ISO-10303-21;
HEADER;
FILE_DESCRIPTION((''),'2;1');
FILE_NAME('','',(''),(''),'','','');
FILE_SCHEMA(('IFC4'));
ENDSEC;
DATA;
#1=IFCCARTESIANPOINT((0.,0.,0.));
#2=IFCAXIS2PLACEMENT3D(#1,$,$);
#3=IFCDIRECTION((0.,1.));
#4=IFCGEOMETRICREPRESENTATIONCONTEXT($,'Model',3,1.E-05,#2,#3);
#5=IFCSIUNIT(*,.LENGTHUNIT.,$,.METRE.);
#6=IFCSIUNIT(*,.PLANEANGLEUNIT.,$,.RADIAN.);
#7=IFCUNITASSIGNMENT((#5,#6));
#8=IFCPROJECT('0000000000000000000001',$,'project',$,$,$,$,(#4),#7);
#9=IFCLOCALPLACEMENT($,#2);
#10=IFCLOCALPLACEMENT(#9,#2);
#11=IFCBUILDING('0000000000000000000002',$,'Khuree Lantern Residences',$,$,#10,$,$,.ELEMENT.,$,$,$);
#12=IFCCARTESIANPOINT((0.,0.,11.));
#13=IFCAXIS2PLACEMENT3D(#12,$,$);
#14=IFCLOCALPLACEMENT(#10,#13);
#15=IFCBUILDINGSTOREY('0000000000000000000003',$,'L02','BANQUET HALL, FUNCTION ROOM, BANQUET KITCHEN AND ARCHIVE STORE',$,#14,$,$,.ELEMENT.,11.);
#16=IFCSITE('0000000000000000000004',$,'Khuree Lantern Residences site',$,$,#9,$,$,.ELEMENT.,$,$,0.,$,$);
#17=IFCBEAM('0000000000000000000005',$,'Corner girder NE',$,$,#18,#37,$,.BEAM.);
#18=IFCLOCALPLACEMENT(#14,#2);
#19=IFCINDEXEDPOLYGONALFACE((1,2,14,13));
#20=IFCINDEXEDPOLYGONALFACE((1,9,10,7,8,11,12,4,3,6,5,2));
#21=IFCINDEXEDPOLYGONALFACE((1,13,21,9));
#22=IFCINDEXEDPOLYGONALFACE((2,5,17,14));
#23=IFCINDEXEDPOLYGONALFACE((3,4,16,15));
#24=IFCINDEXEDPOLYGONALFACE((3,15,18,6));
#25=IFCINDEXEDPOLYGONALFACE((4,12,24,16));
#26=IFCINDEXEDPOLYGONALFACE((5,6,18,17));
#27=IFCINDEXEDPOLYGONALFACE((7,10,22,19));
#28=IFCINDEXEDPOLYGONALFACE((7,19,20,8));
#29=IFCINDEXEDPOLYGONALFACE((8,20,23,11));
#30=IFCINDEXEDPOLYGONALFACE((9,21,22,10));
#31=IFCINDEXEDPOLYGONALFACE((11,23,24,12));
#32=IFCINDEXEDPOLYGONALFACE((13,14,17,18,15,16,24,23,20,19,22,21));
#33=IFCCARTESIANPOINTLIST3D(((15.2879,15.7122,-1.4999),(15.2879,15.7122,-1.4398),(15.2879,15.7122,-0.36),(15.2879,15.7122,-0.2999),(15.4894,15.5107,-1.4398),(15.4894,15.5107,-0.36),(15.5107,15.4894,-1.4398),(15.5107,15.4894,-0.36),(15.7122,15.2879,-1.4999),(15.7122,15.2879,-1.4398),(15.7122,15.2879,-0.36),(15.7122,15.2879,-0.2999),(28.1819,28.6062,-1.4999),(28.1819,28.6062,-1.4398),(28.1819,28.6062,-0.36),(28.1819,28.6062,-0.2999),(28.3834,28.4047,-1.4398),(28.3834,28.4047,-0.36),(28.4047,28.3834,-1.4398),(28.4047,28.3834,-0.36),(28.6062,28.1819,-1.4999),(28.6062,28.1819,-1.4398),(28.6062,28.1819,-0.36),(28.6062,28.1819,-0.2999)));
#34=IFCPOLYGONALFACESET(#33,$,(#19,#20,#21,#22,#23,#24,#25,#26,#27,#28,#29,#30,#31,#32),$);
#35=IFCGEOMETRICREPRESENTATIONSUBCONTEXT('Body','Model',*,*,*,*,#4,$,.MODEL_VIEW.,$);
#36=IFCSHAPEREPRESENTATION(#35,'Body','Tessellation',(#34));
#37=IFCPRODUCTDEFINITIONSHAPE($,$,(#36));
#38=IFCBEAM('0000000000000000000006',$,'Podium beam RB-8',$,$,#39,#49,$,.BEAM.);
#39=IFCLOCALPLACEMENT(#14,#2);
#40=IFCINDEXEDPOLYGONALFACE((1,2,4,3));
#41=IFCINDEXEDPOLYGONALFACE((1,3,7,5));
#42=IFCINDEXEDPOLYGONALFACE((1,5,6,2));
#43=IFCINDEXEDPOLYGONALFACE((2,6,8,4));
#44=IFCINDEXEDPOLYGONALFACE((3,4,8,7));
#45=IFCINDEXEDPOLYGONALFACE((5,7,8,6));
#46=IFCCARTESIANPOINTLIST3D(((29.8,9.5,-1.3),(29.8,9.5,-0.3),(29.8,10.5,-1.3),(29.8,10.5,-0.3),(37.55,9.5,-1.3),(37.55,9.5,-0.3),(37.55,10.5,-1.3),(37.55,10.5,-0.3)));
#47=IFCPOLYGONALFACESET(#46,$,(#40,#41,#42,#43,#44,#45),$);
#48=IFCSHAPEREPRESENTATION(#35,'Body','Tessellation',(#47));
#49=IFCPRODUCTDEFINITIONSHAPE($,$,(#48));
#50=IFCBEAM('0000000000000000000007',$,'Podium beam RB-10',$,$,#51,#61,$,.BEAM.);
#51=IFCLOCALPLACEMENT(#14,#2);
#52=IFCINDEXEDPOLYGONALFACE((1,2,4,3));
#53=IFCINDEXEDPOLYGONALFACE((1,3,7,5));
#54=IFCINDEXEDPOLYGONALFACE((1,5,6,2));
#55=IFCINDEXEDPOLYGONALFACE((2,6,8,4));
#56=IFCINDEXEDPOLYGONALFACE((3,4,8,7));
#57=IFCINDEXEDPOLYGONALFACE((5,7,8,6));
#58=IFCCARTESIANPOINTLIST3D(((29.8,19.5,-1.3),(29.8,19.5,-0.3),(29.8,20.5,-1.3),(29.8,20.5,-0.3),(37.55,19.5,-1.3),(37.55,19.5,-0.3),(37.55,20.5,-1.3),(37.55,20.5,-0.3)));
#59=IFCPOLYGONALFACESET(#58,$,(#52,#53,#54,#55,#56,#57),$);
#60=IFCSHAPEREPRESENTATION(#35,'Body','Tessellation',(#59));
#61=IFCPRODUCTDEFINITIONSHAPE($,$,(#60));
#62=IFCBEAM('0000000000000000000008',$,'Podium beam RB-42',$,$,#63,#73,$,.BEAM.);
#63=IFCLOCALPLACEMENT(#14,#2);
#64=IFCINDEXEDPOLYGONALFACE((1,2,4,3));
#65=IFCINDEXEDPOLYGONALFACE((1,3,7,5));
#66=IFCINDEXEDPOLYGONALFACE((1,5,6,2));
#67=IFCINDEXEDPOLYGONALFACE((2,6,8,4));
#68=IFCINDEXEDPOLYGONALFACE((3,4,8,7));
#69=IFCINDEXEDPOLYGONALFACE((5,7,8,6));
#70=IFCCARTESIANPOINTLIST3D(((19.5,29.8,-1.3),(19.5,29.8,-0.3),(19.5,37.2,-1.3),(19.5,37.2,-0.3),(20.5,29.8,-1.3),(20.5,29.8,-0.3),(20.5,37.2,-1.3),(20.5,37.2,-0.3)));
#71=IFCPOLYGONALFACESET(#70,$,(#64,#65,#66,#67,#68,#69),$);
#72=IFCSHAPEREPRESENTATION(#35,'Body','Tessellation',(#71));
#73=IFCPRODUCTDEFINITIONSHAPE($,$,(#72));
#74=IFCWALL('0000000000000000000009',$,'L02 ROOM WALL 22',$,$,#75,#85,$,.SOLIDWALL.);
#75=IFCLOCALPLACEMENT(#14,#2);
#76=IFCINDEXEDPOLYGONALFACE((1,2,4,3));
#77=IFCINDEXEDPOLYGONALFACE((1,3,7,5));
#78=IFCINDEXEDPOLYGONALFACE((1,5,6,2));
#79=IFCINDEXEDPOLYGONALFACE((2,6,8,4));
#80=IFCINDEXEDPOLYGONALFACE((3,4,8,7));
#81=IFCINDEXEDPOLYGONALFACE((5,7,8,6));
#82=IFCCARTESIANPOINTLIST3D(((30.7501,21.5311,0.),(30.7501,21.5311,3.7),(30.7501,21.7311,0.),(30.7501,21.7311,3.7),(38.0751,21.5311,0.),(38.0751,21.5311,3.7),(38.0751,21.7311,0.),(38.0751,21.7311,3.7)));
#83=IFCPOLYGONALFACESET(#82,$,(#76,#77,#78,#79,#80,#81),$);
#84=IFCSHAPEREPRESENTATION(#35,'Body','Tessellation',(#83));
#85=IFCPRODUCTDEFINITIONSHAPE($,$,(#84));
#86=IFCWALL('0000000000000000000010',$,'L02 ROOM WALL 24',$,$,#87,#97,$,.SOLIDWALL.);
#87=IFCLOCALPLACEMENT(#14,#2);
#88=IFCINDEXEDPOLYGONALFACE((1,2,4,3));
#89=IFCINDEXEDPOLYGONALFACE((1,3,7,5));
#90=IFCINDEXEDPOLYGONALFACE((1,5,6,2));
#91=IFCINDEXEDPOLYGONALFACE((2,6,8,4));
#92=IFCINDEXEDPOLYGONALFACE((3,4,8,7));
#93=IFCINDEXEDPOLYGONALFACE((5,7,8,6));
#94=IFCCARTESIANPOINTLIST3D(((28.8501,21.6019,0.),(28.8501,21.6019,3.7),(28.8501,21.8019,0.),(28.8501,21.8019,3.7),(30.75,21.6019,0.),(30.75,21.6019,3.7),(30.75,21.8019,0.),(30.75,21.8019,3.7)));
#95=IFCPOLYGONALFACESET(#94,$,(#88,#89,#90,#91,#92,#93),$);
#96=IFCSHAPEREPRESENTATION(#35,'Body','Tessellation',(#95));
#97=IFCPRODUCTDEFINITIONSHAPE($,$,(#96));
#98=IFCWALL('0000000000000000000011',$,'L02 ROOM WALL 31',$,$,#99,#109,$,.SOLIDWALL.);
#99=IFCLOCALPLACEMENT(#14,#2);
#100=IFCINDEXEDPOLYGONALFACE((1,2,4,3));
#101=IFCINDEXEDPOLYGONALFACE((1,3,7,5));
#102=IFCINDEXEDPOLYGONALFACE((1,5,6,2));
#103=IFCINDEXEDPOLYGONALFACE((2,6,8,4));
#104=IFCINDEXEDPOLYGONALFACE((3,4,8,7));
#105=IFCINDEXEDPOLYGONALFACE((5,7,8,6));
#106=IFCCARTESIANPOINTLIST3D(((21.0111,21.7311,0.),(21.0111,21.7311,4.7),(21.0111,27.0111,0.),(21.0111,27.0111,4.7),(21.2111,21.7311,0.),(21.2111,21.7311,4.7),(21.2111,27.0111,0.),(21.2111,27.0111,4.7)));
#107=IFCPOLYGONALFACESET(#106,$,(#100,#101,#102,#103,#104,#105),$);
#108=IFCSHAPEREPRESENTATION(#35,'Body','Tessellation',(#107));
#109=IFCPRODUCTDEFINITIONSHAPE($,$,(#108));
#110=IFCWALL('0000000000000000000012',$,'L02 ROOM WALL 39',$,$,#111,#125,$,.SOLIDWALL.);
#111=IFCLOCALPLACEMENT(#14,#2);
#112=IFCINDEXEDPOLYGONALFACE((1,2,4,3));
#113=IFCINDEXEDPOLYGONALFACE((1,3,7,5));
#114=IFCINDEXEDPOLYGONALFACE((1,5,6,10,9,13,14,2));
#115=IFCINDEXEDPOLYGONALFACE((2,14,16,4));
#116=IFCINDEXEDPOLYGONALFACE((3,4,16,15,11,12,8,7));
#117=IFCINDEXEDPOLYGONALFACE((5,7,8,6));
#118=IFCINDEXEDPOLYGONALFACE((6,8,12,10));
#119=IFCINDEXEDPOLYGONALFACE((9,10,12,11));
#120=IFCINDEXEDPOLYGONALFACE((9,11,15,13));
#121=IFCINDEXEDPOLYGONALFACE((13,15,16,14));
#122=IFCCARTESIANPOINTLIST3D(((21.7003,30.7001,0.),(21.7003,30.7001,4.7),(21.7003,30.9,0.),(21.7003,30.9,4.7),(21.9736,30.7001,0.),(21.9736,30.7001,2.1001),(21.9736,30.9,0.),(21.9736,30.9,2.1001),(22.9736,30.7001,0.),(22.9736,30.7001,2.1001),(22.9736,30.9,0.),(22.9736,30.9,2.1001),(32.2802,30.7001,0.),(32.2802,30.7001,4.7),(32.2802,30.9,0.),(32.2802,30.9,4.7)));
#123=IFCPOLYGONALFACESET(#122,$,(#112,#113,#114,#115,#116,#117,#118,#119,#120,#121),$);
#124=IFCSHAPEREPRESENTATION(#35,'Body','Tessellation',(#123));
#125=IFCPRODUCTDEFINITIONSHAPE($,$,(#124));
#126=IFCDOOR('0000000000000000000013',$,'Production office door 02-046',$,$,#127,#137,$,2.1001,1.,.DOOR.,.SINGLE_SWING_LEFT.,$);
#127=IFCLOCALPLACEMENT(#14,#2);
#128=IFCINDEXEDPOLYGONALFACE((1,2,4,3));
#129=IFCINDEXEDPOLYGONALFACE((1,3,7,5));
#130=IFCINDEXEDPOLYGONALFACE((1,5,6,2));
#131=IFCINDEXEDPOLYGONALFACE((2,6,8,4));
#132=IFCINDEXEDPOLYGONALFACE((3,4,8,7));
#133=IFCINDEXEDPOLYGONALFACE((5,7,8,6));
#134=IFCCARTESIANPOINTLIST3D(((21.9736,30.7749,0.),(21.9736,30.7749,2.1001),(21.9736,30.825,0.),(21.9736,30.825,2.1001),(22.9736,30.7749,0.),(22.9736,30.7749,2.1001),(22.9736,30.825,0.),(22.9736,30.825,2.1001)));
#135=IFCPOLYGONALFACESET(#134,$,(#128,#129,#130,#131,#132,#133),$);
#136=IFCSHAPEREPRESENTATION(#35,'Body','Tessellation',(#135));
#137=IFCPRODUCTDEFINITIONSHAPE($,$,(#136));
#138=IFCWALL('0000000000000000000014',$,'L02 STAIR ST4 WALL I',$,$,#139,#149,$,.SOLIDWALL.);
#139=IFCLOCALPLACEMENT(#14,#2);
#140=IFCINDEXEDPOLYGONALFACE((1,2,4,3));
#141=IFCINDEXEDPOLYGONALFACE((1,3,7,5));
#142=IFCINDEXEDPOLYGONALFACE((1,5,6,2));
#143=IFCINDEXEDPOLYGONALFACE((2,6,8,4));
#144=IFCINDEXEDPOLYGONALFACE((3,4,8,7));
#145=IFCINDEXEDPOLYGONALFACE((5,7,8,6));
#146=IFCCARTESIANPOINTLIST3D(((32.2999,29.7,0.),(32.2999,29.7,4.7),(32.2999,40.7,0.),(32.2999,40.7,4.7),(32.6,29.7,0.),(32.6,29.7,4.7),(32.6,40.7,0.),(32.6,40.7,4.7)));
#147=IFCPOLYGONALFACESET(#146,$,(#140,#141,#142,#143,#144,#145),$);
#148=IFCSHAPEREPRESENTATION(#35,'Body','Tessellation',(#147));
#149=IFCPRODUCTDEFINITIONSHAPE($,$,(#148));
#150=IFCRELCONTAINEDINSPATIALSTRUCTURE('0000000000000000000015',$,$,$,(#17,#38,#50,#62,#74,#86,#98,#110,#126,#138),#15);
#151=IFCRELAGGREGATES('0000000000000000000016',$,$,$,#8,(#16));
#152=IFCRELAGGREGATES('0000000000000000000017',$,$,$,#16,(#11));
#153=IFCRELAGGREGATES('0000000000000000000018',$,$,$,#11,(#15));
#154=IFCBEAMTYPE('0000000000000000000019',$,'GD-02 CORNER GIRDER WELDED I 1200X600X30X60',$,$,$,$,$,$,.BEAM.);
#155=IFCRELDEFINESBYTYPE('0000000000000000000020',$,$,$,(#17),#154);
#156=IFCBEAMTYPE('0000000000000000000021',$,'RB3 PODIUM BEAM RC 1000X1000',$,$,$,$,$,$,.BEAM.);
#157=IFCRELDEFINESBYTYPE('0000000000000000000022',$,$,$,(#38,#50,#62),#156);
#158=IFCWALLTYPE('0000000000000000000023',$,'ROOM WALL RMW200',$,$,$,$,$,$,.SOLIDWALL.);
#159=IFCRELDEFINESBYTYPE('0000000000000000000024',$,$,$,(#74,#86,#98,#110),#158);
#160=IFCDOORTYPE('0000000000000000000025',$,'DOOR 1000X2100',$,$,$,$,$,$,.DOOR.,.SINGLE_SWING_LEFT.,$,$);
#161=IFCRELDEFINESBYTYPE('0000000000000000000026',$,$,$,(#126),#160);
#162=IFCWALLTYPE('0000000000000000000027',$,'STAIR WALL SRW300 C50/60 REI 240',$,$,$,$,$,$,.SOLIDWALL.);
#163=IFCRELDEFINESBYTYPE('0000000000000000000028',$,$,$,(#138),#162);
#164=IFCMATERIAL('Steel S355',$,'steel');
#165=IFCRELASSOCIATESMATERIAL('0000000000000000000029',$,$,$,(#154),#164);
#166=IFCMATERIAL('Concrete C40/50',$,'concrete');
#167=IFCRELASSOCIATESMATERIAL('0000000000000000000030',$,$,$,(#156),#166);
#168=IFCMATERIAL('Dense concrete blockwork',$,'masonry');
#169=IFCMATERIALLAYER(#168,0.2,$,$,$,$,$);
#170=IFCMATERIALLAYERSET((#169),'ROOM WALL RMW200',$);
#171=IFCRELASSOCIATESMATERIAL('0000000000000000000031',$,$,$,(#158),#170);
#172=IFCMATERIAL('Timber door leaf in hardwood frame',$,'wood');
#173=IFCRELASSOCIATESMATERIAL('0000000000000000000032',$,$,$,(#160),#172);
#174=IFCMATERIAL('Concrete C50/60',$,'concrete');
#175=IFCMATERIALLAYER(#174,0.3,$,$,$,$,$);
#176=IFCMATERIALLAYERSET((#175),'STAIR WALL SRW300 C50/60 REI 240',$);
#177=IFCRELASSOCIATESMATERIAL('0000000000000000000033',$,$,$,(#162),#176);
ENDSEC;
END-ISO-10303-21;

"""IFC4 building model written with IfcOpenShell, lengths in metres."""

from ifc_helpers import new_model, si_unit, direction, frame, frame_2d, origin, origin_2d, place, context, subcontext, project, spatial, rectangle, i_section, extrude, material, layer, layer_set, material_profile, profile_set, type_object, element, fill, save


model = new_model("IFC4")

# Units and contexts
model_context = context("Model", 3, precision=1e-05, world=origin(), true_north=direction((0.0, 1.0)))
body_context = subcontext(model_context, "Body", "Model", "MODEL_VIEW")
ifc_project = project(units=[si_unit("LENGTHUNIT", "METRE"), si_unit("PLANEANGLEUNIT", "RADIAN")], contexts=[model_context])

# Site, building, storey
site_placement = place(None, origin())
site = spatial("IfcSite", under=ifc_project, at=site_placement, Name="Khuree Lantern Residences site", CompositionType="ELEMENT", RefElevation=0.0)
building_placement = place(site_placement, origin())
building = spatial("IfcBuilding", under=site, at=building_placement, Name="Khuree Lantern Residences", CompositionType="ELEMENT")
storey_placement = place(building_placement, frame((0.0, 0.0, 11.0)))
storey = spatial("IfcBuildingStorey", under=building, at=storey_placement, Name="L02", Description="BANQUET HALL, FUNCTION ROOM, BANQUET KITCHEN AND ARCHIVE STORE", CompositionType="ELEMENT", Elevation=11.0)

# Beams
ifc_material_1 = material(Name="Steel S355", Category="steel")
ifc_material_profile_1 = material_profile(ifc_material_1, i_section(OverallWidth=0.6001, OverallDepth=1.2, WebThickness=0.03, FlangeThickness=0.0601, at=origin_2d()), Name="WELDED I 1200X600X30X60")
ifc_profile_set_1 = profile_set([ifc_material_profile_1], Name="Steel S355")
beam_type_1 = type_object("IfcBeamType", Name="GD-02 CORNER GIRDER WELDED I 1200X600X30X60", PredefinedType="BEAM", material=ifc_profile_set_1)
beam_1_placement = place(storey_placement, frame((28.394, 28.394, -0.8999), z_axis=(-0.707107, -0.707107, 0.0), x_axis=(0.707107, -0.707107, 0.0)))
element("IfcBeam", 1, at=beam_1_placement, inside=storey, type_object=beam_type_1, Name="Corner girder NE", PredefinedType="BEAM", context=body_context, shape_type="SweptSolid", body=[
    extrude(i_section(OverallWidth=0.6001, OverallDepth=1.2, WebThickness=0.03, FlangeThickness=0.0601, at=origin_2d()), origin(), (0.0, 0.0, 1.0), 18.2349),
])
ifc_material_2 = material(Name="Concrete C40/50", Category="concrete")
ifc_material_profile_2 = material_profile(ifc_material_2, rectangle(XDim=1.0, YDim=1.0, at=origin_2d()), Name="RC 1000X1000")
ifc_profile_set_2 = profile_set([ifc_material_profile_2], Name="Concrete C40/50")
beam_type_2 = type_object("IfcBeamType", Name="RB3 PODIUM BEAM RC 1000X1000", PredefinedType="BEAM", material=ifc_profile_set_2)
for number, where, z_axis, x_axis, name in (
    (2, (29.8, 10.0, -0.8), (1.0, 0.0, 0.0), (0.0, 1.0, 0.0), "Podium beam RB-8"),
    (3, (29.8, 20.0, -0.8), (1.0, 0.0, 0.0), (0.0, 1.0, 0.0), "Podium beam RB-10"),
):
    element("IfcBeam", number, at=place(storey_placement, frame(where, z_axis=z_axis, x_axis=x_axis)), inside=storey, type_object=beam_type_2, Name=name, PredefinedType="BEAM", context=body_context, shape_type="SweptSolid", body=[
        extrude(rectangle(XDim=1.0, YDim=1.0, at=origin_2d()), origin(), (0.0, 0.0, 1.0), 7.75),
    ])
beam_2_placement = place(storey_placement, frame((20.0, 29.8, -0.8), z_axis=(0.0, 1.0, 0.0), x_axis=(-1.0, 0.0, 0.0)))
element("IfcBeam", 4, at=beam_2_placement, inside=storey, type_object=beam_type_2, Name="Podium beam RB-42", PredefinedType="BEAM", context=body_context, shape_type="SweptSolid", body=[
    extrude(rectangle(XDim=1.0, YDim=1.0, at=origin_2d()), origin(), (0.0, 0.0, 1.0), 7.3999),
])

# Walls
ifc_material_3 = material(Name="Dense concrete blockwork", Category="masonry")
ifc_layer_1 = layer(ifc_material_3, 0.2)
ifc_layer_set_1 = layer_set([ifc_layer_1], Name="ROOM WALL RMW200")
wall_type_1 = type_object("IfcWallType", Name="ROOM WALL RMW200", PredefinedType="SOLIDWALL", material=ifc_layer_set_1)
wall_1_placement = place(storey_placement, frame((30.75, 21.6311, 0.0), z_axis=(0.0, 0.0, 1.0), x_axis=(1.0, 0.0, 0.0)))
element("IfcWall", 5, at=wall_1_placement, inside=storey, type_object=wall_type_1, Name="L02 ROOM WALL 22", PredefinedType="SOLIDWALL", context=body_context, shape_type="SweptSolid", body=[
    extrude(rectangle(XDim=7.325, YDim=0.2, at=frame_2d((3.6626, 0.0))), origin(), (0.0, 0.0, 1.0), 3.7),
])
wall_2_placement = place(storey_placement, frame((28.8501, 21.7019, 0.0), z_axis=(0.0, 0.0, 1.0), x_axis=(1.0, 0.0, 0.0)))
element("IfcWall", 6, at=wall_2_placement, inside=storey, type_object=wall_type_1, Name="L02 ROOM WALL 24", PredefinedType="SOLIDWALL", context=body_context, shape_type="SweptSolid", body=[
    extrude(rectangle(XDim=1.8999, YDim=0.2, at=frame_2d((0.95, 0.0))), origin(), (0.0, 0.0, 1.0), 3.7),
])
wall_3_placement = place(storey_placement, frame((21.1111, 21.731, 0.0), z_axis=(0.0, 0.0, 1.0), x_axis=(0.0, 1.0, 0.0)))
element("IfcWall", 7, at=wall_3_placement, inside=storey, type_object=wall_type_1, Name="L02 ROOM WALL 31", PredefinedType="SOLIDWALL", context=body_context, shape_type="SweptSolid", body=[
    extrude(rectangle(XDim=5.28, YDim=0.2, at=frame_2d((2.6401, 0.0))), origin(), (0.0, 0.0, 1.0), 4.7),
])

# Wall, opening, door
wall_4_placement = place(storey_placement, frame((21.7002, 30.8, 0.0), z_axis=(0.0, 0.0, 1.0), x_axis=(1.0, 0.0, 0.0)))
wall_4 = element("IfcWall", 8, at=wall_4_placement, inside=storey, type_object=wall_type_1, Name="L02 ROOM WALL 39", PredefinedType="SOLIDWALL", context=body_context, shape_type="SweptSolid", body=[
    extrude(rectangle(XDim=10.5798, YDim=0.2, at=frame_2d((5.29, 0.0))), origin(), (0.0, 0.0, 1.0), 4.7),
])
opening_placement = place(wall_4_placement, frame((0.2734, 0.0, 0.0)))
opening = element("IfcOpeningElement", 9, at=opening_placement, cuts=wall_4, PredefinedType="OPENING", context=body_context, shape_type="SweptSolid", body=[
    extrude(rectangle(XDim=1.0, YDim=2.1001, at=frame_2d((0.5, 1.05))), frame((0.0, 0.1099, 0.0), z_axis=(0.0, -1.0, 0.0), x_axis=(1.0, 0.0, 0.0)), (0.0, 0.0, 1.0), 0.22),
])
ifc_material_4 = material(Name="Timber door leaf in hardwood frame", Category="wood")
door_type = type_object("IfcDoorType", Name="DOOR 1000X2100", OperationType="SINGLE_SWING_LEFT", PredefinedType="DOOR", material=ifc_material_4)
door_placement = place(opening_placement, origin())
door = element("IfcDoor", 10, at=door_placement, inside=storey, type_object=door_type, Name="Production office door 02-046", OperationType="SINGLE_SWING_LEFT", OverallHeight=2.1001, OverallWidth=1.0, PredefinedType="DOOR", context=body_context, shape_type="SweptSolid", body=[
    extrude(rectangle(XDim=1.0, YDim=2.1001, at=frame_2d((0.5, 1.05))), frame((0.0, 0.0249, 0.0), z_axis=(0.0, -1.0, 0.0), x_axis=(1.0, 0.0, 0.0)), (0.0, 0.0, 1.0), 0.05),
])
fill(opening, door)

# Wall
ifc_material_5 = material(Name="Concrete C50/60", Category="concrete")
ifc_layer_2 = layer(ifc_material_5, 0.3)
ifc_layer_set_2 = layer_set([ifc_layer_2], Name="STAIR WALL SRW300 C50/60 REI 240")
wall_type_2 = type_object("IfcWallType", Name="STAIR WALL SRW300 C50/60 REI 240", PredefinedType="SOLIDWALL", material=ifc_layer_set_2)
wall_5_placement = place(storey_placement, frame((32.45, 29.7, 0.0), z_axis=(0.0, 0.0, 1.0), x_axis=(0.0, 1.0, 0.0)))
element("IfcWall", 11, at=wall_5_placement, inside=storey, type_object=wall_type_2, Name="L02 STAIR ST4 WALL I", PredefinedType="SOLIDWALL", context=body_context, shape_type="SweptSolid", body=[
    extrude(rectangle(XDim=11.0, YDim=0.3, at=frame_2d((5.5, 0.0))), origin(), (0.0, 0.0, 1.0), 4.7),
])

save(model, "model.ifc")
